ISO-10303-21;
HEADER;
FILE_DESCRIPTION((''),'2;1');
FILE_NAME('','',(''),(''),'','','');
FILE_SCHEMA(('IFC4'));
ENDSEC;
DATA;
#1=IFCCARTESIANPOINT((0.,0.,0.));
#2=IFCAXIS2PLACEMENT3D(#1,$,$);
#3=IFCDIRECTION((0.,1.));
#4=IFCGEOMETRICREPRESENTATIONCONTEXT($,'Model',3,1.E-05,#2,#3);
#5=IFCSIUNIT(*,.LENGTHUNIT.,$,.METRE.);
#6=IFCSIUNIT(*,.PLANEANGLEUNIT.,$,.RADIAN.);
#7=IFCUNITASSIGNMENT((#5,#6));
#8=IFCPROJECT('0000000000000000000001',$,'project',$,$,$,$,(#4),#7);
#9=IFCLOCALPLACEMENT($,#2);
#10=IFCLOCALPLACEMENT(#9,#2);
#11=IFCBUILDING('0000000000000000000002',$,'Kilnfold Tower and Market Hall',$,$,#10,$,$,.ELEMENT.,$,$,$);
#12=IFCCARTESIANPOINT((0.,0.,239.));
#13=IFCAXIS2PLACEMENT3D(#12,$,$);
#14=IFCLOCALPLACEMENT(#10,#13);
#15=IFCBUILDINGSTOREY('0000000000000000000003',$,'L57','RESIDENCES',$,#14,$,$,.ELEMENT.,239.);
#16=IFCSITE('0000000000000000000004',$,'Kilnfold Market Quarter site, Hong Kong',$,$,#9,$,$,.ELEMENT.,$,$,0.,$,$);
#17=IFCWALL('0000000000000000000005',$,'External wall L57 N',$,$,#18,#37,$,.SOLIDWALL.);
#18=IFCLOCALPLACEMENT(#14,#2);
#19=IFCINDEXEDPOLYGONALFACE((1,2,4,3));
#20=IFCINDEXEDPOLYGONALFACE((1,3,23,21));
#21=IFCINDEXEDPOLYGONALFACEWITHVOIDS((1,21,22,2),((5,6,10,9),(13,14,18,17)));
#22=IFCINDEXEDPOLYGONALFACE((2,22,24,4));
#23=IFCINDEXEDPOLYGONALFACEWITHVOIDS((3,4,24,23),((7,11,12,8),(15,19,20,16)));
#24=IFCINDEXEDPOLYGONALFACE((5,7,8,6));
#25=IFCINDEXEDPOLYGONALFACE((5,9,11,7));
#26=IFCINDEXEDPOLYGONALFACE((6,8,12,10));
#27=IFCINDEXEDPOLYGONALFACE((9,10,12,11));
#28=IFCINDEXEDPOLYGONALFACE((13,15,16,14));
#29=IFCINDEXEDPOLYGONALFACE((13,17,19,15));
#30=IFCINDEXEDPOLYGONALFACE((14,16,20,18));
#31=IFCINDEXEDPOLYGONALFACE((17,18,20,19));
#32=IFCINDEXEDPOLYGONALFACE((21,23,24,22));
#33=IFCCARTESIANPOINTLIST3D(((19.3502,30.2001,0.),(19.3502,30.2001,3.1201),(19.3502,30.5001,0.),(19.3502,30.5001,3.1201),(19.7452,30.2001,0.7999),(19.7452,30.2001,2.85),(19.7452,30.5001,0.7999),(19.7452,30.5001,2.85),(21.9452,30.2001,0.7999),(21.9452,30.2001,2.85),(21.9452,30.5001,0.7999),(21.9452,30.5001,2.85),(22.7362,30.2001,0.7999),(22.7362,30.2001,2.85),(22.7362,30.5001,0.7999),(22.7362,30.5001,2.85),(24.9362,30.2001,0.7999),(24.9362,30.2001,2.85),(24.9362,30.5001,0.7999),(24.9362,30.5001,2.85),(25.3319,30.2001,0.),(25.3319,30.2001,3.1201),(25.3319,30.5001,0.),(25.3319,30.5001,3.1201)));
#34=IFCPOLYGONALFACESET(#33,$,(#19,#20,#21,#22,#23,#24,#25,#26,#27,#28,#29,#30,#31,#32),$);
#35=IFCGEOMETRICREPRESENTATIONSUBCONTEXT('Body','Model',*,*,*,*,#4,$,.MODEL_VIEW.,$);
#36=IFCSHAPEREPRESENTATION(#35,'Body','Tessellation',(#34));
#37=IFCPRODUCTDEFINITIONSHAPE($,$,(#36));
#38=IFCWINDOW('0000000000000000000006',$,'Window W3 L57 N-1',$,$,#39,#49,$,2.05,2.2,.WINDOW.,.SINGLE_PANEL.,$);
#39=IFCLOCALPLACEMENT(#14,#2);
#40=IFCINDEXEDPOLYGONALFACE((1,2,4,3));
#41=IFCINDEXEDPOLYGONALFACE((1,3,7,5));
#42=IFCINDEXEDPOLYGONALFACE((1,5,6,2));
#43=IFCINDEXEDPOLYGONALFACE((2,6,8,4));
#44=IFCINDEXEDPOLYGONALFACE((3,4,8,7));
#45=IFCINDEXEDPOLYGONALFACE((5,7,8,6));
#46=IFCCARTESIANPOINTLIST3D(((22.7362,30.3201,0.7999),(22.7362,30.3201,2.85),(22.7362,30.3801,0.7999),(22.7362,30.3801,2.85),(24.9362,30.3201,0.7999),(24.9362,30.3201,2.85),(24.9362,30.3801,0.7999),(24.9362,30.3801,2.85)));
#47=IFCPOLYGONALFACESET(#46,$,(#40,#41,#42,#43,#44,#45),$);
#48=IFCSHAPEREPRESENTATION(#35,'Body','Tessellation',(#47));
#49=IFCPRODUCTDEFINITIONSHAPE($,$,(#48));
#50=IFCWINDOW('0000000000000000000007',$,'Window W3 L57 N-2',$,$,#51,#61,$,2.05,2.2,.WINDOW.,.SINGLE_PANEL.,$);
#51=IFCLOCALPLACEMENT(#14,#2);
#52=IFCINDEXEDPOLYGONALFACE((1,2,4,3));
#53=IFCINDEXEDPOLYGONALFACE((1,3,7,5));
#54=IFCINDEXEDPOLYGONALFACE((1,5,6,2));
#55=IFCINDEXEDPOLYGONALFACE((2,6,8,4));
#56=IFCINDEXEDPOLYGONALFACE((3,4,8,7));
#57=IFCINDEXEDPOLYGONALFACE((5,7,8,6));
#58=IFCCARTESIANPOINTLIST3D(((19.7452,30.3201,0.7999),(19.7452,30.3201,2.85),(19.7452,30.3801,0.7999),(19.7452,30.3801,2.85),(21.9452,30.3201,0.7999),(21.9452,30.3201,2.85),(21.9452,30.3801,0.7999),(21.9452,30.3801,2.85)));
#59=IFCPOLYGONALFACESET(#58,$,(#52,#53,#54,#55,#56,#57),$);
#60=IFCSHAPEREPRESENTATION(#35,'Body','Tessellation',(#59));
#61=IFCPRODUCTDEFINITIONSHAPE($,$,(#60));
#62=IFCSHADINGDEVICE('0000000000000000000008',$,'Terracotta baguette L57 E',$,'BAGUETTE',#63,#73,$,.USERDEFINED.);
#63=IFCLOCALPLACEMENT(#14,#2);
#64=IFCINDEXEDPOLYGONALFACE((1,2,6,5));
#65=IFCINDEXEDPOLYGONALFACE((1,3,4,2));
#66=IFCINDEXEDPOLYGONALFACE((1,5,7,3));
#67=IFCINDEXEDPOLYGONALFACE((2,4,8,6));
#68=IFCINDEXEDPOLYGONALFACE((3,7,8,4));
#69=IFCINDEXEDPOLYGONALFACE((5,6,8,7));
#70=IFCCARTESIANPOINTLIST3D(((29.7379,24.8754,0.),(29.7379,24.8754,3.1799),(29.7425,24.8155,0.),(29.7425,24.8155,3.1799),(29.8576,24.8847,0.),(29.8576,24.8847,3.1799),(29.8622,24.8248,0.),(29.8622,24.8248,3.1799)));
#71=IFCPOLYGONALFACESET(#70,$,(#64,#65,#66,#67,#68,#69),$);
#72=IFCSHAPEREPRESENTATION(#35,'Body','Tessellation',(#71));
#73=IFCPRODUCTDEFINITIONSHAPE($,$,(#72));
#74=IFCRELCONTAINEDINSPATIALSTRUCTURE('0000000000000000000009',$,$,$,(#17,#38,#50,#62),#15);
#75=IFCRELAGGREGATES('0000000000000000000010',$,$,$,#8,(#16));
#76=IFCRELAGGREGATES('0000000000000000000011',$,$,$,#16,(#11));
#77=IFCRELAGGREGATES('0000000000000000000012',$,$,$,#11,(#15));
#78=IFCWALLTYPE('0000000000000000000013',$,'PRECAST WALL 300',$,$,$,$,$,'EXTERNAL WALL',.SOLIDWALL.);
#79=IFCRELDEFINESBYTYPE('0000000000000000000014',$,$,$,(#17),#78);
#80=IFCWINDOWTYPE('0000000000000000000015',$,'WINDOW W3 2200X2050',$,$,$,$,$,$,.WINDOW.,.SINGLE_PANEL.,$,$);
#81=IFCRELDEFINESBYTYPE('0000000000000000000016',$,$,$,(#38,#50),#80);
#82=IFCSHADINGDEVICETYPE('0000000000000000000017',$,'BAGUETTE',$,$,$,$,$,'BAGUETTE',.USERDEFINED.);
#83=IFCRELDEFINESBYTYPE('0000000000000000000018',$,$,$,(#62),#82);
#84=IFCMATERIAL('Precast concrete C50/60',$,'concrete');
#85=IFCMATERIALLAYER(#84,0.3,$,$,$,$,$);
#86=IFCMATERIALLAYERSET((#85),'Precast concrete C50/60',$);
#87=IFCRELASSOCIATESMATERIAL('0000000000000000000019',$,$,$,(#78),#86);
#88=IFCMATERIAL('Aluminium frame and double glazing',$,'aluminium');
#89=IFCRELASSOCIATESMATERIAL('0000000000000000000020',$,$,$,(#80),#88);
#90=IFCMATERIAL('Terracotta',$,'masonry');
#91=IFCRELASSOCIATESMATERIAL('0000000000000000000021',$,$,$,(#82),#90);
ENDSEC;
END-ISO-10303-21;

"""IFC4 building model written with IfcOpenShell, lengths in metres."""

from ifc_helpers import new_model, si_unit, direction, frame, frame_2d, origin, origin_2d, place, context, subcontext, project, spatial, rectangle, extrude, source, transform, mapped, material, layer, layer_set, material_profile, profile_set, type_object, element, fill, save


model = new_model("IFC4")

# Units and contexts
model_context = context("Model", 3, precision=1e-05, world=origin(), true_north=direction((0.0, 1.0)))
body_context = subcontext(model_context, "Body", "Model", "MODEL_VIEW")
ifc_project = project(units=[si_unit("LENGTHUNIT", "METRE"), si_unit("PLANEANGLEUNIT", "RADIAN")], contexts=[model_context])

# Site, building, storey
site_placement = place(None, origin())
site = spatial("IfcSite", under=ifc_project, at=site_placement, Name="Kilnfold Market Quarter site, Hong Kong", CompositionType="ELEMENT", RefElevation=0.0)
building_placement = place(site_placement, origin())
building = spatial("IfcBuilding", under=site, at=building_placement, Name="Kilnfold Tower and Market Hall", CompositionType="ELEMENT")
storey_placement = place(building_placement, frame((0.0, 0.0, 239.0)))
storey = spatial("IfcBuildingStorey", under=building, at=storey_placement, Name="L57", Description="RESIDENCES", CompositionType="ELEMENT", Elevation=239.0)

# Shared definitions
ifc_material_1 = material(Name="Precast concrete C50/60", Category="concrete")
ifc_layer_1 = layer(ifc_material_1, 0.3)
ifc_layer_set_1 = layer_set([ifc_layer_1], Name="Precast concrete C50/60")
wall_type_1 = type_object("IfcWallType", Name="PRECAST WALL 300", ElementType="EXTERNAL WALL", PredefinedType="SOLIDWALL", material=ifc_layer_set_1)
ifc_material_2 = material(Name="Aluminium frame and double glazing", Category="aluminium")
window_type_1 = type_object("IfcWindowType", Name="WINDOW W3 2200X2050", PartitioningType="SINGLE_PANEL", PredefinedType="WINDOW", material=ifc_material_2)

# Wall, openings, windows
shared_shape_1 = source(origin(), body_context, "Body", "SweptSolid", [
    extrude(rectangle(XDim=5.9817, YDim=0.3, at=frame_2d((2.9907, 0.0))), origin(), (0.0, 0.0, 1.0), 3.1201),
])
wall_1_placement = place(storey_placement, frame((25.3318, 30.3501, 0.0), z_axis=(0.0, 0.0, 1.0), x_axis=(-1.0, 0.0, 0.0)))
wall_1 = element("IfcWall", 1, at=wall_1_placement, inside=storey, type_object=wall_type_1, Name="External wall L57 N", PredefinedType="SOLIDWALL", context=body_context, shape_type="MappedRepresentation", body=[
    mapped(shared_shape_1, transform((0.0, 0.0, 0.0))),
])
opening_1_placement = place(wall_1_placement, frame((0.3955, 0.0, 0.8)))
opening_1 = element("IfcOpeningElement", 2, at=opening_1_placement, cuts=wall_1, PredefinedType="OPENING", context=body_context, shape_type="SweptSolid", body=[
    extrude(rectangle(XDim=2.2, YDim=2.05, at=frame_2d((1.1001, 1.0249))), frame((0.0, 0.1602, 0.0), z_axis=(0.0, -1.0, 0.0), x_axis=(1.0, 0.0, 0.0)), (0.0, 0.0, 1.0), 0.3201),
])
opening_2_placement = place(wall_1_placement, frame((3.3865, 0.0, 0.8)))
opening_2 = element("IfcOpeningElement", 3, at=opening_2_placement, cuts=wall_1, PredefinedType="OPENING", context=body_context, shape_type="SweptSolid", body=[
    extrude(rectangle(XDim=2.2, YDim=2.05, at=frame_2d((1.1001, 1.0249))), frame((0.0, 0.1602, 0.0), z_axis=(0.0, -1.0, 0.0), x_axis=(1.0, 0.0, 0.0)), (0.0, 0.0, 1.0), 0.3201),
])
window_1_placement = place(opening_1_placement, origin())
window_1 = element("IfcWindow", 4, at=window_1_placement, inside=storey, type_object=window_type_1, Name="Window W3 L57 N-1", OverallHeight=2.05, OverallWidth=2.2, PartitioningType="SINGLE_PANEL", PredefinedType="WINDOW", context=body_context, shape_type="SweptSolid", body=[
    extrude(rectangle(XDim=2.2, YDim=2.05, at=frame_2d((1.1001, 1.0249))), frame((0.0, 0.03, 0.0), z_axis=(0.0, -1.0, 0.0), x_axis=(1.0, 0.0, 0.0)), (0.0, 0.0, 1.0), 0.0601),
])
fill(opening_1, window_1)
window_2_placement = place(opening_2_placement, origin())
window_2 = element("IfcWindow", 5, at=window_2_placement, inside=storey, type_object=window_type_1, Name="Window W3 L57 N-2", OverallHeight=2.05, OverallWidth=2.2, PartitioningType="SINGLE_PANEL", PredefinedType="WINDOW", context=body_context, shape_type="SweptSolid", body=[
    extrude(rectangle(XDim=2.2, YDim=2.05, at=frame_2d((1.1001, 1.0249))), frame((0.0, 0.03, 0.0), z_axis=(0.0, -1.0, 0.0), x_axis=(1.0, 0.0, 0.0)), (0.0, 0.0, 1.0), 0.0601),
])
fill(opening_2, window_2)

# Shading device
ifc_material_3 = material(Name="Terracotta", Category="masonry")
ifc_material_profile_1 = material_profile(ifc_material_3, rectangle(XDim=0.0601, YDim=0.1201, at=origin_2d()), Name="BAG 60x120")
ifc_profile_set_1 = profile_set([ifc_material_profile_1], Name="Terracotta")
shading_device_type = type_object("IfcShadingDeviceType", Name="BAGUETTE", ElementType="BAGUETTE", PredefinedType="USERDEFINED", material=ifc_profile_set_1)
shared_shape_2 = source(origin(), body_context, "Body", "SweptSolid", [
    extrude(rectangle(XDim=0.0601, YDim=0.1201, at=origin_2d()), origin(), (0.0, 0.0, 1.0), 3.1799),
])
shading_device_placement = place(storey_placement, frame((29.8, 24.8501, 0.0), z_axis=(0.0, 0.0, 1.0), x_axis=(-0.076961, 0.997034, 0.0)))
element("IfcShadingDevice", 6, at=shading_device_placement, inside=storey, type_object=shading_device_type, Name="Terracotta baguette L57 E", ObjectType="BAGUETTE", PredefinedType="USERDEFINED", context=body_context, shape_type="MappedRepresentation", body=[
    mapped(shared_shape_2, transform((0.0, 0.0, 0.0))),
])

save(model, "model.ifc")
